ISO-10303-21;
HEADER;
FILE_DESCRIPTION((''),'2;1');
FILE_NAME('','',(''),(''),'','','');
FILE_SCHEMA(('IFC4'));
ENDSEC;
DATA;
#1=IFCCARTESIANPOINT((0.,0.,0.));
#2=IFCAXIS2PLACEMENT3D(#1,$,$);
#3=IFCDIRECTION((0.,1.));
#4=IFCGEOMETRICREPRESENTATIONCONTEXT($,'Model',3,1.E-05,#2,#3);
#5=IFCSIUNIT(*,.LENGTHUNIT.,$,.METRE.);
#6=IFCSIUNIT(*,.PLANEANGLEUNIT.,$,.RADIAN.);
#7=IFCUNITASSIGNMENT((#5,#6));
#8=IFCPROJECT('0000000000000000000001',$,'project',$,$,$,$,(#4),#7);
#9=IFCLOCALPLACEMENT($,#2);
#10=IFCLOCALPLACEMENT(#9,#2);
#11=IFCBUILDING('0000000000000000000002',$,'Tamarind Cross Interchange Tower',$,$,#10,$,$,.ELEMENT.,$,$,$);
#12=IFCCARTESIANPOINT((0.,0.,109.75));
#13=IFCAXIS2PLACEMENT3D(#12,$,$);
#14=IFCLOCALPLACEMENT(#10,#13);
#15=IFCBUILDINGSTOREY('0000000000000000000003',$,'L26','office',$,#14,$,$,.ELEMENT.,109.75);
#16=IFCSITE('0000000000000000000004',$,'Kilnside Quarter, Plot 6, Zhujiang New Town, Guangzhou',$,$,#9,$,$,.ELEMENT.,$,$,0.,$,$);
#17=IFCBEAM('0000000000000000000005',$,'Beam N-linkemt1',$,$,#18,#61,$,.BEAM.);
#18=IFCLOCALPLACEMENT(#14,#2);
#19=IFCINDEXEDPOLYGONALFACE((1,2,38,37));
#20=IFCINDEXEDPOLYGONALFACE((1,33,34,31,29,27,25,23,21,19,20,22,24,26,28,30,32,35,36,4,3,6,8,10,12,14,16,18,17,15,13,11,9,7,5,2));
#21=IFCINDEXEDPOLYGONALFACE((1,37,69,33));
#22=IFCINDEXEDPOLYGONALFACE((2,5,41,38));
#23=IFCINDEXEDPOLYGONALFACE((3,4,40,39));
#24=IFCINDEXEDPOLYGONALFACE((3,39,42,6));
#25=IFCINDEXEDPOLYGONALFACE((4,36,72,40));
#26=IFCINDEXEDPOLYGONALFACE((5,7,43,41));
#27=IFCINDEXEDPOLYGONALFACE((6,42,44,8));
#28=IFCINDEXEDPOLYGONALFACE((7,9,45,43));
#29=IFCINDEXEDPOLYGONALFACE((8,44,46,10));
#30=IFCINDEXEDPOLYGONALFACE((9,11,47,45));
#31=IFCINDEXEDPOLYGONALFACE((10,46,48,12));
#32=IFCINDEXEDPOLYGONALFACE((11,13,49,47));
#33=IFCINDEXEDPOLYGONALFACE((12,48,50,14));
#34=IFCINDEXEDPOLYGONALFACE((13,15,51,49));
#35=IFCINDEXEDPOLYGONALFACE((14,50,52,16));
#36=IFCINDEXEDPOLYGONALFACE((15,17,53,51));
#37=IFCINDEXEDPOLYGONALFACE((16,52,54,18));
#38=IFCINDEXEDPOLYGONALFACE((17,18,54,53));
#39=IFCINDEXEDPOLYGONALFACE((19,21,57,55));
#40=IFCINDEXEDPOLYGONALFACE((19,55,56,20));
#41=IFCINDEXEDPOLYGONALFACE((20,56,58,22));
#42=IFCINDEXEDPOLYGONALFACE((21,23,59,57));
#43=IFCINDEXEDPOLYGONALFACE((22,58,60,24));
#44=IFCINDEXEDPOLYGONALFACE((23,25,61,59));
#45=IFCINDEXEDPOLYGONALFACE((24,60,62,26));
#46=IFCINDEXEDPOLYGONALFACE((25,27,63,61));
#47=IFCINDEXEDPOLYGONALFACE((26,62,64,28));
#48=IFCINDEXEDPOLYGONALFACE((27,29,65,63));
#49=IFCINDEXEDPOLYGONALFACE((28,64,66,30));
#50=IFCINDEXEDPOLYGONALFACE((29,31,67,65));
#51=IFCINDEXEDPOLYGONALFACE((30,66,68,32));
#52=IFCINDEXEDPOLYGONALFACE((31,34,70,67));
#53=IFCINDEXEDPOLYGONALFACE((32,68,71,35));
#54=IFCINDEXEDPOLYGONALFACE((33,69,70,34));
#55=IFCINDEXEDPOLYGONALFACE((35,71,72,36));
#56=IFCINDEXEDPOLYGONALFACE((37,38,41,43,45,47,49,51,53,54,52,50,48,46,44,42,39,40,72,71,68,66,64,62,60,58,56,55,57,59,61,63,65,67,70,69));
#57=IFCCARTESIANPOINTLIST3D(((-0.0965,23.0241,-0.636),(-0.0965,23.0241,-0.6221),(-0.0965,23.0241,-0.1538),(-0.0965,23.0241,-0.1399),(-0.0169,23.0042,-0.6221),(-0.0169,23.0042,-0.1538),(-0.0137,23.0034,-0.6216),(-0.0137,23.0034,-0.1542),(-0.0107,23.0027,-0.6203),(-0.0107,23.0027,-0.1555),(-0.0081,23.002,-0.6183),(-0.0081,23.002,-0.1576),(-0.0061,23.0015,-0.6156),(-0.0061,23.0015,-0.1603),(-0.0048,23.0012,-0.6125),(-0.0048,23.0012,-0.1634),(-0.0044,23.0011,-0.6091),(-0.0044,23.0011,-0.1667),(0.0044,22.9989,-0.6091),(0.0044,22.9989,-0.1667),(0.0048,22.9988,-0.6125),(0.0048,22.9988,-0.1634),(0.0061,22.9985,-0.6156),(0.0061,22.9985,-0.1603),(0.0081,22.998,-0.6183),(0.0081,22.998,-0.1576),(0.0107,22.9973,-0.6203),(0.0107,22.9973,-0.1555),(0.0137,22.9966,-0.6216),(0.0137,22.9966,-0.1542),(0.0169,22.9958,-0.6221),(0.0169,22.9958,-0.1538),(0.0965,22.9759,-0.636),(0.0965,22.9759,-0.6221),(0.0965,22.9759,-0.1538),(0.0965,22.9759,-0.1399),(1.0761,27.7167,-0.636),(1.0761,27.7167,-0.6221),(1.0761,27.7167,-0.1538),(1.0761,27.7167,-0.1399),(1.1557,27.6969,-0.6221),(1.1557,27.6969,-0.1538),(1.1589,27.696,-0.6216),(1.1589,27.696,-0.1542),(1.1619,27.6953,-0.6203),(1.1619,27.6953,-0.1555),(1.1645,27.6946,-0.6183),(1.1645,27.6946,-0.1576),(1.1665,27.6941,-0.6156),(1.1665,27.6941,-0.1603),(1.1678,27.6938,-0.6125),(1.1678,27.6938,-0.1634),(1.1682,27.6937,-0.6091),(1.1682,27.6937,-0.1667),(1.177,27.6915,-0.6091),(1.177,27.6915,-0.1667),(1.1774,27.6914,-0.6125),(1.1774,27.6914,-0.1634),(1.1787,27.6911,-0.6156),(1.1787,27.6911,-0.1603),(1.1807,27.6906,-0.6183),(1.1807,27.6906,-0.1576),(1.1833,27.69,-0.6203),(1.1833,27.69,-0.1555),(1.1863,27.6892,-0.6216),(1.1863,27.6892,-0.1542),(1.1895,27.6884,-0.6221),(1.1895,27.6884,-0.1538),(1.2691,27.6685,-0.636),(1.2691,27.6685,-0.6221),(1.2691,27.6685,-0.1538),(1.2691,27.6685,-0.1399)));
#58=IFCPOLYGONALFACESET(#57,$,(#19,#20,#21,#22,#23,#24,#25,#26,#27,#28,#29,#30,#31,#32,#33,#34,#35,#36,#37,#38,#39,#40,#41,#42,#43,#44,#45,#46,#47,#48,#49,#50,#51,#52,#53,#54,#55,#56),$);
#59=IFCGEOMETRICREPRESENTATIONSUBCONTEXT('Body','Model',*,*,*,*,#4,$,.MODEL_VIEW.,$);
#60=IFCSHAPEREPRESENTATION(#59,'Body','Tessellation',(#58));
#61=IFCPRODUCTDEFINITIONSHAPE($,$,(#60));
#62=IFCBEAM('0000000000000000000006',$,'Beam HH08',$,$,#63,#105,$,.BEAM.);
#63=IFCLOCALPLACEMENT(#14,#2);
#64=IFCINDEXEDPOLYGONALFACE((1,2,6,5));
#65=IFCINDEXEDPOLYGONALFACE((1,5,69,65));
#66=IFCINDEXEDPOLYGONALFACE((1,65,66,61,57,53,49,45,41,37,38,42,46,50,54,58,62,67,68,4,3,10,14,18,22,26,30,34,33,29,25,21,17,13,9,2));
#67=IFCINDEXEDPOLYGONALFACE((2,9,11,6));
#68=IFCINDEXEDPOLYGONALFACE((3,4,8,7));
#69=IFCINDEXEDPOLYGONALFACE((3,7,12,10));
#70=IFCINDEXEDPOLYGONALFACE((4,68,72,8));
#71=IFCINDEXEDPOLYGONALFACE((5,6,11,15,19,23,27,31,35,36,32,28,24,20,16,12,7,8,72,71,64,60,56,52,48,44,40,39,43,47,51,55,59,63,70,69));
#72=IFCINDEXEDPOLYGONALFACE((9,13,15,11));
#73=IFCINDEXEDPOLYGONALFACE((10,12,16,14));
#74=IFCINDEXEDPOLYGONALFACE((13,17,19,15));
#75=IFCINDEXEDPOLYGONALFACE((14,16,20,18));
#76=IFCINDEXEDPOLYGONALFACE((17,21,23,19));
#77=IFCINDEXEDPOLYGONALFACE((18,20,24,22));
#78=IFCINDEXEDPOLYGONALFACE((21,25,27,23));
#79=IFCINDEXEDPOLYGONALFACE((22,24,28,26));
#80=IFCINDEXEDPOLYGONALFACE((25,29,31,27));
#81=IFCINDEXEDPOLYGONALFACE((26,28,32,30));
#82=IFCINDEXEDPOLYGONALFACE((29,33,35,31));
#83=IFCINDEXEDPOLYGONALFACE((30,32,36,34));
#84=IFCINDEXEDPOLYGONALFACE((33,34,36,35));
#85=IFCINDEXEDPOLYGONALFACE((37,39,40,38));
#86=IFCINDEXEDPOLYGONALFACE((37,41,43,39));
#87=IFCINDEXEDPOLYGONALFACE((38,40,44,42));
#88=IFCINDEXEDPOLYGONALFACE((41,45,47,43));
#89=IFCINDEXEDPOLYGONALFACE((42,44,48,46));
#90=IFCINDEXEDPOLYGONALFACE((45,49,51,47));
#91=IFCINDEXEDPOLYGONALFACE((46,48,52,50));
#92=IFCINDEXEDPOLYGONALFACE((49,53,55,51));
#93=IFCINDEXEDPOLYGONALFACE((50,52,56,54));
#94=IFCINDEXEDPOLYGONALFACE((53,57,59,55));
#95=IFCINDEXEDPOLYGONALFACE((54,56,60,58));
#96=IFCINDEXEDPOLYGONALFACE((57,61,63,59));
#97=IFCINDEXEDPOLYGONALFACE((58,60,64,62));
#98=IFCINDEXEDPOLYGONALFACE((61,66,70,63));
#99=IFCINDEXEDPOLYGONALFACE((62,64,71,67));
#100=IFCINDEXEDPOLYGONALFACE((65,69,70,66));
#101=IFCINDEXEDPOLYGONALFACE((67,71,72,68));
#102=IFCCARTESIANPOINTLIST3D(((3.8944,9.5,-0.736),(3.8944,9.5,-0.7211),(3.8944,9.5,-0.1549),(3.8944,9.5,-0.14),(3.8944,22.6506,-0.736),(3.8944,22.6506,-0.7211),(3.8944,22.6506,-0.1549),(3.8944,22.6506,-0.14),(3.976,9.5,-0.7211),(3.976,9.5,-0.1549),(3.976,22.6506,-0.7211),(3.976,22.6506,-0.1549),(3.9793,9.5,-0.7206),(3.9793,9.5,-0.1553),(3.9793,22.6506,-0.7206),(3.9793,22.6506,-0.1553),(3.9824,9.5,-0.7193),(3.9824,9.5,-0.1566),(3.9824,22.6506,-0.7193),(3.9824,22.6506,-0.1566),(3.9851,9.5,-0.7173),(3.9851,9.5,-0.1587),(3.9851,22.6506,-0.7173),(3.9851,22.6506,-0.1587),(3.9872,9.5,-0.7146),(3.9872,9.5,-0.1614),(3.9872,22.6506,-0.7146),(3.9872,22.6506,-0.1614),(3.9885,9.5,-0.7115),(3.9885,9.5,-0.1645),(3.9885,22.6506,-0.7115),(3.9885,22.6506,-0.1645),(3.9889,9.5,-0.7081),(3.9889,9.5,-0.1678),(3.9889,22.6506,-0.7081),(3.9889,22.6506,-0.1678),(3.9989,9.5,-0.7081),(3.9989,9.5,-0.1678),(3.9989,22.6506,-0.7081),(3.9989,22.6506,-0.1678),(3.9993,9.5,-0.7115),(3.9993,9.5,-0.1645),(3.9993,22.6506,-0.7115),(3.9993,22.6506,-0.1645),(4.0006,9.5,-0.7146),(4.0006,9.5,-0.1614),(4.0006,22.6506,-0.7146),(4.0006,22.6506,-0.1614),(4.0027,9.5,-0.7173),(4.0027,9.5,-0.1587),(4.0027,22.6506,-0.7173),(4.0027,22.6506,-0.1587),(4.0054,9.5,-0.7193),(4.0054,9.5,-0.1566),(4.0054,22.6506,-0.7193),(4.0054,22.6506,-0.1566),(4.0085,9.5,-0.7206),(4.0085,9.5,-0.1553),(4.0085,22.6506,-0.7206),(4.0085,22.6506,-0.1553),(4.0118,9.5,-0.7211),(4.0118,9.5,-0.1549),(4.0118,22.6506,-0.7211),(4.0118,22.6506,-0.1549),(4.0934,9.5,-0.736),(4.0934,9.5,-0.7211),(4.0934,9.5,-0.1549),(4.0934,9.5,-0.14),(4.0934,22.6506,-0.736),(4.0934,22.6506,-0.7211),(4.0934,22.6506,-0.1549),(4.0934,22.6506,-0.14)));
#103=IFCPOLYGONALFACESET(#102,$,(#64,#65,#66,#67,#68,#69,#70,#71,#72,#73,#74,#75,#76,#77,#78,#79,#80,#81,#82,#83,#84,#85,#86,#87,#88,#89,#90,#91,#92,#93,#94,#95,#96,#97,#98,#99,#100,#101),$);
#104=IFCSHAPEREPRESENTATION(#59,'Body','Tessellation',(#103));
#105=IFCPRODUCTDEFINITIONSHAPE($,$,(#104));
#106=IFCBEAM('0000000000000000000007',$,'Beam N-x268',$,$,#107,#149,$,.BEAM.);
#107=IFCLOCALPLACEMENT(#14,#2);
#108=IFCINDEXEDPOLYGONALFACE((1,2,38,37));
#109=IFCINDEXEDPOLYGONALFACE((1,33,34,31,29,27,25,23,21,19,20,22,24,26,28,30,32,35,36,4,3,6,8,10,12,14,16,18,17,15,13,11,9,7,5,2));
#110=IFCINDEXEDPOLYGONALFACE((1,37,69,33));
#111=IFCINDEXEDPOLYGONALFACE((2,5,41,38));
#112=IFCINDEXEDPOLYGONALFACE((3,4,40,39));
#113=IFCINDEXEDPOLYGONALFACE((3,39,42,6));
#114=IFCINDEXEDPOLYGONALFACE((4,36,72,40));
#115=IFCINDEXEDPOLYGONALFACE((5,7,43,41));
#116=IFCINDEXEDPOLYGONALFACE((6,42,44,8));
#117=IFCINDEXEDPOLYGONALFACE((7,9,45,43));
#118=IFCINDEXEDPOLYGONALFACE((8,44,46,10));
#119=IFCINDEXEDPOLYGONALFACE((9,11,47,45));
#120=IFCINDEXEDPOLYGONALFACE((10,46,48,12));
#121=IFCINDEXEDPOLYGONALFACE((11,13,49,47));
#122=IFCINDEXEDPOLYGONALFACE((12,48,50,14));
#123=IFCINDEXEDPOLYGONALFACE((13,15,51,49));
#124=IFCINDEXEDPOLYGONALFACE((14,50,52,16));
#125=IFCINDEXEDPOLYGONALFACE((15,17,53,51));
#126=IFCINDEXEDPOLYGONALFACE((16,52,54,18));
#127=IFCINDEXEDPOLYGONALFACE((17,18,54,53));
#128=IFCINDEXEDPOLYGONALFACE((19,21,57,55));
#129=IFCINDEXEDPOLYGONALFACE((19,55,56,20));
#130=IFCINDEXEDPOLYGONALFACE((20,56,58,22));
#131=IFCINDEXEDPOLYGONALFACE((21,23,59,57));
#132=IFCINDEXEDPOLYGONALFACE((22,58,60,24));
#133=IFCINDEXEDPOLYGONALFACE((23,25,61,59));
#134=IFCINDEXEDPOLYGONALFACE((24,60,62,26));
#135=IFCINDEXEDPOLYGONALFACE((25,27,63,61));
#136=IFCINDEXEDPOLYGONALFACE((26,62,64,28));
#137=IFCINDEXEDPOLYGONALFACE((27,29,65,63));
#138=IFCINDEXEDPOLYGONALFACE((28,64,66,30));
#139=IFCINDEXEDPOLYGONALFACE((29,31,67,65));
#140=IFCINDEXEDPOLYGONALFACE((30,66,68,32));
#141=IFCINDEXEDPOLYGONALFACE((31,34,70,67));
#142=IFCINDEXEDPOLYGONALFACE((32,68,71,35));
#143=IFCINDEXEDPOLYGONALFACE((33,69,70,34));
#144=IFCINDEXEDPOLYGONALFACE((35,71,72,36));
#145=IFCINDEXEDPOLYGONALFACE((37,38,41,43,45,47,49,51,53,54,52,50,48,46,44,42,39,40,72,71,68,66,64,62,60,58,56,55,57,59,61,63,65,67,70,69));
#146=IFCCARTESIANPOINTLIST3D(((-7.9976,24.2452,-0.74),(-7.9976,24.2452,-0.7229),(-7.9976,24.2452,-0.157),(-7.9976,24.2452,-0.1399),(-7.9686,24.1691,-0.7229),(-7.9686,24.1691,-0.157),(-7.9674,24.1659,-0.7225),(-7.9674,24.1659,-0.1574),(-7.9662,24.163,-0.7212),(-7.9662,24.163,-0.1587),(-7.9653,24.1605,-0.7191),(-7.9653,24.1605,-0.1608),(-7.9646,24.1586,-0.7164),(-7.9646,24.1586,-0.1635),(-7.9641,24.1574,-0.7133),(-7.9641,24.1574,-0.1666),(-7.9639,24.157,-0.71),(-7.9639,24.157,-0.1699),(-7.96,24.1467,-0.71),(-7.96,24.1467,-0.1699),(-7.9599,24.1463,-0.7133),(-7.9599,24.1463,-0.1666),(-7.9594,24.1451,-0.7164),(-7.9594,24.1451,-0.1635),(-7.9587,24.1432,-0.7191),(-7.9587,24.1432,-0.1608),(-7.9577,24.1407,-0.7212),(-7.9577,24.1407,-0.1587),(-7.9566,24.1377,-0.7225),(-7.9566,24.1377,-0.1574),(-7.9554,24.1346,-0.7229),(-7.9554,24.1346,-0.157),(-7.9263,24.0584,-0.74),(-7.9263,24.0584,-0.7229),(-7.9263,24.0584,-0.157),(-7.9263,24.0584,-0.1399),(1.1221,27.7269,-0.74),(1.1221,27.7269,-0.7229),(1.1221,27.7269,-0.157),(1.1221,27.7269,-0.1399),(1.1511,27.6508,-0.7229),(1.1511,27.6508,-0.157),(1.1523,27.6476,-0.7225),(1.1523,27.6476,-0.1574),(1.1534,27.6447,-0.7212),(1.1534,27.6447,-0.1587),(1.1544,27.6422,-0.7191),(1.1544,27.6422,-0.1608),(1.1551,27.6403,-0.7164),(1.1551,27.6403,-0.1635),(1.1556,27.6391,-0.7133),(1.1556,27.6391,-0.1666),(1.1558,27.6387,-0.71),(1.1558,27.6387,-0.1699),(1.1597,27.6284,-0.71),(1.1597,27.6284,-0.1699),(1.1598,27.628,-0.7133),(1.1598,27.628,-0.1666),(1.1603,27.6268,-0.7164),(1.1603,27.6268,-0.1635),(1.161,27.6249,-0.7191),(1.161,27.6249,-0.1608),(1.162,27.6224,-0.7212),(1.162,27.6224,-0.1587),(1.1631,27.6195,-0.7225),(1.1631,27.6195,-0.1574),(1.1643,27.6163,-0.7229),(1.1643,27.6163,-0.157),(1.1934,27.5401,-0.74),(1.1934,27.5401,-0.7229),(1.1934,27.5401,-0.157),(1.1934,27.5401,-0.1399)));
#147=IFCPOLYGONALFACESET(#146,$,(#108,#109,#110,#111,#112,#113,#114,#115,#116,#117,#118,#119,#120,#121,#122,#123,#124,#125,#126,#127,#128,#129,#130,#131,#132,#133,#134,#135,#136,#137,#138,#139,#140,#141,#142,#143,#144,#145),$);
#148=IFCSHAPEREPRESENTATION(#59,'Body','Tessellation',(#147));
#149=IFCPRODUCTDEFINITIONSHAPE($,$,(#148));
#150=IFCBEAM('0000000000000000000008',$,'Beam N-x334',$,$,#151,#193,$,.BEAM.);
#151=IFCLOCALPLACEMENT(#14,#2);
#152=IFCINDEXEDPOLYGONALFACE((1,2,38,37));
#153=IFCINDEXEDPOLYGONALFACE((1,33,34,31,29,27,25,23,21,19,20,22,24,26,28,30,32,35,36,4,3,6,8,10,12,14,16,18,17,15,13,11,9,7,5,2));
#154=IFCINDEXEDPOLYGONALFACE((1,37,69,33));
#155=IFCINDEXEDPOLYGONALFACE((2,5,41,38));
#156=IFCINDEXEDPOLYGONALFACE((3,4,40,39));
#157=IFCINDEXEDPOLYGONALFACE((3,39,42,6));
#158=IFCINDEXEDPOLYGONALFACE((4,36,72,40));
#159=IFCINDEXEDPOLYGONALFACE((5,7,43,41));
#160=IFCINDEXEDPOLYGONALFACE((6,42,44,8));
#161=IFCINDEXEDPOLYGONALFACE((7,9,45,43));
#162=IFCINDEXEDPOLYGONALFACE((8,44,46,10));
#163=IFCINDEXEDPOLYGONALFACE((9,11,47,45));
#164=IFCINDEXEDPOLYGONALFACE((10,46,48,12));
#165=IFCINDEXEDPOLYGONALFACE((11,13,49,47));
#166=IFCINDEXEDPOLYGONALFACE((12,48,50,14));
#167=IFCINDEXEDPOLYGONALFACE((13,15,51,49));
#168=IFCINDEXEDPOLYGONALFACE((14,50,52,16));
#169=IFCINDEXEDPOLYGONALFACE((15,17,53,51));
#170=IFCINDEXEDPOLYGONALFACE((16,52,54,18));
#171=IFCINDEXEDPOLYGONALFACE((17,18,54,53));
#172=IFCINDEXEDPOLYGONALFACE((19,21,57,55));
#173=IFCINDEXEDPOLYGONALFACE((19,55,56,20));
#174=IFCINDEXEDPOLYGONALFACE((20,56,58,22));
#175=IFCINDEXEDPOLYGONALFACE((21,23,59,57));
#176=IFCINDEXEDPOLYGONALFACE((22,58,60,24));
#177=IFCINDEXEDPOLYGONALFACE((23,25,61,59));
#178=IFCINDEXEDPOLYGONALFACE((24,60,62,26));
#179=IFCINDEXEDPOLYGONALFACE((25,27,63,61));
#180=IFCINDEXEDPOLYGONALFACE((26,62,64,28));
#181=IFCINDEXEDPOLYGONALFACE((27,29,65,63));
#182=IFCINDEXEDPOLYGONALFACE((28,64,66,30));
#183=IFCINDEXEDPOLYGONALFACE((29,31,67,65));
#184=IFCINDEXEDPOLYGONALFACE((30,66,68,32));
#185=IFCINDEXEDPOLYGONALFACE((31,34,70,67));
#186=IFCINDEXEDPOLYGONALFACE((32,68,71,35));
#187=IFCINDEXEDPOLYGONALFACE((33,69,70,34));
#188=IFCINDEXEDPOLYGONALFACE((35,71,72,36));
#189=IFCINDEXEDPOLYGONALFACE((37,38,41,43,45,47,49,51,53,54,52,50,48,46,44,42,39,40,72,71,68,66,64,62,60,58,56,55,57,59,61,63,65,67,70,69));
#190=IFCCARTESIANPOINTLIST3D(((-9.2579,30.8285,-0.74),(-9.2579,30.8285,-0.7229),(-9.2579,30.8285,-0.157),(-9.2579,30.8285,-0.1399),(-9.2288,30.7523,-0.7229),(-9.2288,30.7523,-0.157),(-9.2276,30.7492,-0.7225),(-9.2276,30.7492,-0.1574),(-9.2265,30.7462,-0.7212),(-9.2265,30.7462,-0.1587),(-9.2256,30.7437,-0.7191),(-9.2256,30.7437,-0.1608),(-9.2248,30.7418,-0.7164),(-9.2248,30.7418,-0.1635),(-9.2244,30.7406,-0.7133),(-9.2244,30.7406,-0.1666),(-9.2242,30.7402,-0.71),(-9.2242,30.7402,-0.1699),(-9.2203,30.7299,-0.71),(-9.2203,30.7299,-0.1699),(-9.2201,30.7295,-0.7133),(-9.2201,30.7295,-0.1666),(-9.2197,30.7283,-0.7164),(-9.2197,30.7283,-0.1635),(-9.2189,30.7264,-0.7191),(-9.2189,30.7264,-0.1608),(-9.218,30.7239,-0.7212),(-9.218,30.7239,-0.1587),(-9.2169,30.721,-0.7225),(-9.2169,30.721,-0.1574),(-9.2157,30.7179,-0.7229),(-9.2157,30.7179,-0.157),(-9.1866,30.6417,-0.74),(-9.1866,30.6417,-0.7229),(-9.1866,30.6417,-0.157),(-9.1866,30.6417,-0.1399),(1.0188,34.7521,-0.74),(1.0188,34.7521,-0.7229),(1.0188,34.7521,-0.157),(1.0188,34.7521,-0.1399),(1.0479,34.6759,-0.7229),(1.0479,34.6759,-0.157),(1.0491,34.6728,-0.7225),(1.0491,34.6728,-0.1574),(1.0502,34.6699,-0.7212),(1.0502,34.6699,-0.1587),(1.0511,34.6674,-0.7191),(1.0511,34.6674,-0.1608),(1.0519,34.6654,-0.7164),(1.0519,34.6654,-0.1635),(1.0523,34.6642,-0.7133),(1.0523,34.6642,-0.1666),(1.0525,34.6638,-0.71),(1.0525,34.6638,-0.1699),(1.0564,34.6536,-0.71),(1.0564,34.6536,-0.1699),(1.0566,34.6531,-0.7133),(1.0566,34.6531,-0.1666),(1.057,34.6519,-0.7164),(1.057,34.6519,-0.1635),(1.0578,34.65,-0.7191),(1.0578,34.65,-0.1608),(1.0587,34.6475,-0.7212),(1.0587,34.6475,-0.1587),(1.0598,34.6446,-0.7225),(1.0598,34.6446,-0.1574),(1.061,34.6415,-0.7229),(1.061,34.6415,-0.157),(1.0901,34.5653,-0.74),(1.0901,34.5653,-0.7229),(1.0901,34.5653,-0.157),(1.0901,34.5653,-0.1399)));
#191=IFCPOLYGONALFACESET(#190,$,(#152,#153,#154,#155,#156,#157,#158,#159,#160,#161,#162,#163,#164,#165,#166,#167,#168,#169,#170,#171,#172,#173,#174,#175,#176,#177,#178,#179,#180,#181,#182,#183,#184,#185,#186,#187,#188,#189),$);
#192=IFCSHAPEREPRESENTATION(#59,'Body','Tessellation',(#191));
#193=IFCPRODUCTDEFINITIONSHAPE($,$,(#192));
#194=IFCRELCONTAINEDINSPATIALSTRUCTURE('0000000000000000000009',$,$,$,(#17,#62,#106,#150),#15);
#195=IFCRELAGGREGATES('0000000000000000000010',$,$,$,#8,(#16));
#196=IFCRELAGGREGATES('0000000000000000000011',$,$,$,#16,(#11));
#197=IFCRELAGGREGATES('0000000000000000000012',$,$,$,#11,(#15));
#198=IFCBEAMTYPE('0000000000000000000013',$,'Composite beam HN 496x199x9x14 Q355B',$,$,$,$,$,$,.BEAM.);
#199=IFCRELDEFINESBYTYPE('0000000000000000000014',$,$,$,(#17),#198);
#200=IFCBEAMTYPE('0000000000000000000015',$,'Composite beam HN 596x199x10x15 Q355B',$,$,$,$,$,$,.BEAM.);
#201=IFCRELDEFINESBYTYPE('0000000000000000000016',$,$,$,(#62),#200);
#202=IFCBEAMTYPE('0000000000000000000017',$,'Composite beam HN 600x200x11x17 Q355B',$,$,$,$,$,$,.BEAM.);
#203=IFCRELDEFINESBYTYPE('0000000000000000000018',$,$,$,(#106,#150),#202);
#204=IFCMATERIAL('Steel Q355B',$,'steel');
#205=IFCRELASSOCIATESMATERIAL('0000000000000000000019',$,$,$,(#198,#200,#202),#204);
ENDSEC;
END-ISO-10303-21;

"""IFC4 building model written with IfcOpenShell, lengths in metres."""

from ifc_helpers import new_model, si_unit, direction, frame, origin, origin_2d, place, context, subcontext, project, spatial, i_section, extrude, material, material_profile, profile_set, type_object, element, save


model = new_model("IFC4")

# Units and contexts
model_context = context("Model", 3, precision=1e-05, world=origin(), true_north=direction((0.0, 1.0)))
body_context = subcontext(model_context, "Body", "Model", "MODEL_VIEW")
ifc_project = project(units=[si_unit("LENGTHUNIT", "METRE"), si_unit("PLANEANGLEUNIT", "RADIAN")], contexts=[model_context])

# Site, building, storey
site_placement = place(None, origin())
site = spatial("IfcSite", under=ifc_project, at=site_placement, Name="Kilnside Quarter, Plot 6, Zhujiang New Town, Guangzhou", CompositionType="ELEMENT", RefElevation=0.0)
building_placement = place(site_placement, origin())
building = spatial("IfcBuilding", under=site, at=building_placement, Name="Tamarind Cross Interchange Tower", CompositionType="ELEMENT")
storey_placement = place(building_placement, frame((0.0, 0.0, 109.75)))
storey = spatial("IfcBuildingStorey", under=building, at=storey_placement, Name="L26", Description="office", CompositionType="ELEMENT", Elevation=109.75)

# Beams
ifc_material_1 = material(Name="Steel Q355B", Category="steel")
ifc_material_profile_1 = material_profile(ifc_material_1, i_section(OverallWidth=0.199, OverallDepth=0.4961, WebThickness=0.009, FlangeThickness=0.0139, FilletRadius=0.0129, at=origin_2d()), Name="HN 496x199x9x14")
ifc_profile_set_1 = profile_set([ifc_material_profile_1], Name="Steel Q355B")
beam_type_1 = type_object("IfcBeamType", Name="Composite beam HN 496x199x9x14 Q355B", PredefinedType="BEAM", material=ifc_profile_set_1)
beam_1_placement = place(storey_placement, frame((1.1726, 27.6926, -0.3879), z_axis=(-0.242429, -0.970169, 0.0), x_axis=(0.970169, -0.242429, 0.0)))
element("IfcBeam", 1, at=beam_1_placement, inside=storey, type_object=beam_type_1, Name="Beam N-linkemt1", PredefinedType="BEAM", context=body_context, shape_type="SweptSolid", body=[
    extrude(i_section(OverallWidth=0.199, OverallDepth=0.4961, WebThickness=0.009, FlangeThickness=0.0139, FilletRadius=0.0129, at=origin_2d()), origin(), (0.0, 0.0, 1.0), 4.8369),
])
ifc_material_profile_2 = material_profile(ifc_material_1, i_section(OverallWidth=0.199, OverallDepth=0.5959, WebThickness=0.01, FlangeThickness=0.0149, FilletRadius=0.0129, at=origin_2d()), Name="HN 596x199x10x15")
ifc_profile_set_2 = profile_set([ifc_material_profile_2], Name="Steel Q355B")
beam_type_2 = type_object("IfcBeamType", Name="Composite beam HN 596x199x10x15 Q355B", PredefinedType="BEAM", material=ifc_profile_set_2)
beam_2_placement = place(storey_placement, frame((3.9939, 22.6506, -0.438), z_axis=(0.0, -1.0, 0.0), x_axis=(1.0, 0.0, 0.0)))
element("IfcBeam", 2, at=beam_2_placement, inside=storey, type_object=beam_type_2, Name="Beam HH08", PredefinedType="BEAM", context=body_context, shape_type="SweptSolid", body=[
    extrude(i_section(OverallWidth=0.199, OverallDepth=0.5959, WebThickness=0.01, FlangeThickness=0.0149, FilletRadius=0.0129, at=origin_2d()), origin(), (0.0, 0.0, 1.0), 13.1506),
])
ifc_material_profile_3 = material_profile(ifc_material_1, i_section(OverallWidth=0.2, OverallDepth=0.6001, WebThickness=0.011, FlangeThickness=0.0171, FilletRadius=0.0129, at=origin_2d()), Name="HN 600x200x11x17")
ifc_profile_set_3 = profile_set([ifc_material_profile_3], Name="Steel Q355B")
beam_type_3 = type_object("IfcBeamType", Name="Composite beam HN 600x200x11x17 Q355B", PredefinedType="BEAM", material=ifc_profile_set_3)
beam_3_placement = place(storey_placement, frame((1.1577, 27.6335, -0.4399), z_axis=(-0.93423, -0.35667, 0.0), x_axis=(0.35667, -0.93423, 0.0)))
element("IfcBeam", 3, at=beam_3_placement, inside=storey, type_object=beam_type_3, Name="Beam N-x268", PredefinedType="BEAM", context=body_context, shape_type="SweptSolid", body=[
    extrude(i_section(OverallWidth=0.2, OverallDepth=0.6001, WebThickness=0.011, FlangeThickness=0.0171, FilletRadius=0.0129, at=origin_2d()), origin(), (0.0, 0.0, 1.0), 9.7617),
])
beam_4_placement = place(storey_placement, frame((1.0544, 34.6587, -0.4399), z_axis=(-0.934225, -0.356685, 0.0), x_axis=(0.356685, -0.934225, 0.0)))
element("IfcBeam", 4, at=beam_4_placement, inside=storey, type_object=beam_type_3, Name="Beam N-x334", PredefinedType="BEAM", context=body_context, shape_type="SweptSolid", body=[
    extrude(i_section(OverallWidth=0.2, OverallDepth=0.6001, WebThickness=0.011, FlangeThickness=0.0171, FilletRadius=0.0129, at=origin_2d()), origin(), (0.0, 0.0, 1.0), 11.0002),
])

save(model, "model.ifc")
